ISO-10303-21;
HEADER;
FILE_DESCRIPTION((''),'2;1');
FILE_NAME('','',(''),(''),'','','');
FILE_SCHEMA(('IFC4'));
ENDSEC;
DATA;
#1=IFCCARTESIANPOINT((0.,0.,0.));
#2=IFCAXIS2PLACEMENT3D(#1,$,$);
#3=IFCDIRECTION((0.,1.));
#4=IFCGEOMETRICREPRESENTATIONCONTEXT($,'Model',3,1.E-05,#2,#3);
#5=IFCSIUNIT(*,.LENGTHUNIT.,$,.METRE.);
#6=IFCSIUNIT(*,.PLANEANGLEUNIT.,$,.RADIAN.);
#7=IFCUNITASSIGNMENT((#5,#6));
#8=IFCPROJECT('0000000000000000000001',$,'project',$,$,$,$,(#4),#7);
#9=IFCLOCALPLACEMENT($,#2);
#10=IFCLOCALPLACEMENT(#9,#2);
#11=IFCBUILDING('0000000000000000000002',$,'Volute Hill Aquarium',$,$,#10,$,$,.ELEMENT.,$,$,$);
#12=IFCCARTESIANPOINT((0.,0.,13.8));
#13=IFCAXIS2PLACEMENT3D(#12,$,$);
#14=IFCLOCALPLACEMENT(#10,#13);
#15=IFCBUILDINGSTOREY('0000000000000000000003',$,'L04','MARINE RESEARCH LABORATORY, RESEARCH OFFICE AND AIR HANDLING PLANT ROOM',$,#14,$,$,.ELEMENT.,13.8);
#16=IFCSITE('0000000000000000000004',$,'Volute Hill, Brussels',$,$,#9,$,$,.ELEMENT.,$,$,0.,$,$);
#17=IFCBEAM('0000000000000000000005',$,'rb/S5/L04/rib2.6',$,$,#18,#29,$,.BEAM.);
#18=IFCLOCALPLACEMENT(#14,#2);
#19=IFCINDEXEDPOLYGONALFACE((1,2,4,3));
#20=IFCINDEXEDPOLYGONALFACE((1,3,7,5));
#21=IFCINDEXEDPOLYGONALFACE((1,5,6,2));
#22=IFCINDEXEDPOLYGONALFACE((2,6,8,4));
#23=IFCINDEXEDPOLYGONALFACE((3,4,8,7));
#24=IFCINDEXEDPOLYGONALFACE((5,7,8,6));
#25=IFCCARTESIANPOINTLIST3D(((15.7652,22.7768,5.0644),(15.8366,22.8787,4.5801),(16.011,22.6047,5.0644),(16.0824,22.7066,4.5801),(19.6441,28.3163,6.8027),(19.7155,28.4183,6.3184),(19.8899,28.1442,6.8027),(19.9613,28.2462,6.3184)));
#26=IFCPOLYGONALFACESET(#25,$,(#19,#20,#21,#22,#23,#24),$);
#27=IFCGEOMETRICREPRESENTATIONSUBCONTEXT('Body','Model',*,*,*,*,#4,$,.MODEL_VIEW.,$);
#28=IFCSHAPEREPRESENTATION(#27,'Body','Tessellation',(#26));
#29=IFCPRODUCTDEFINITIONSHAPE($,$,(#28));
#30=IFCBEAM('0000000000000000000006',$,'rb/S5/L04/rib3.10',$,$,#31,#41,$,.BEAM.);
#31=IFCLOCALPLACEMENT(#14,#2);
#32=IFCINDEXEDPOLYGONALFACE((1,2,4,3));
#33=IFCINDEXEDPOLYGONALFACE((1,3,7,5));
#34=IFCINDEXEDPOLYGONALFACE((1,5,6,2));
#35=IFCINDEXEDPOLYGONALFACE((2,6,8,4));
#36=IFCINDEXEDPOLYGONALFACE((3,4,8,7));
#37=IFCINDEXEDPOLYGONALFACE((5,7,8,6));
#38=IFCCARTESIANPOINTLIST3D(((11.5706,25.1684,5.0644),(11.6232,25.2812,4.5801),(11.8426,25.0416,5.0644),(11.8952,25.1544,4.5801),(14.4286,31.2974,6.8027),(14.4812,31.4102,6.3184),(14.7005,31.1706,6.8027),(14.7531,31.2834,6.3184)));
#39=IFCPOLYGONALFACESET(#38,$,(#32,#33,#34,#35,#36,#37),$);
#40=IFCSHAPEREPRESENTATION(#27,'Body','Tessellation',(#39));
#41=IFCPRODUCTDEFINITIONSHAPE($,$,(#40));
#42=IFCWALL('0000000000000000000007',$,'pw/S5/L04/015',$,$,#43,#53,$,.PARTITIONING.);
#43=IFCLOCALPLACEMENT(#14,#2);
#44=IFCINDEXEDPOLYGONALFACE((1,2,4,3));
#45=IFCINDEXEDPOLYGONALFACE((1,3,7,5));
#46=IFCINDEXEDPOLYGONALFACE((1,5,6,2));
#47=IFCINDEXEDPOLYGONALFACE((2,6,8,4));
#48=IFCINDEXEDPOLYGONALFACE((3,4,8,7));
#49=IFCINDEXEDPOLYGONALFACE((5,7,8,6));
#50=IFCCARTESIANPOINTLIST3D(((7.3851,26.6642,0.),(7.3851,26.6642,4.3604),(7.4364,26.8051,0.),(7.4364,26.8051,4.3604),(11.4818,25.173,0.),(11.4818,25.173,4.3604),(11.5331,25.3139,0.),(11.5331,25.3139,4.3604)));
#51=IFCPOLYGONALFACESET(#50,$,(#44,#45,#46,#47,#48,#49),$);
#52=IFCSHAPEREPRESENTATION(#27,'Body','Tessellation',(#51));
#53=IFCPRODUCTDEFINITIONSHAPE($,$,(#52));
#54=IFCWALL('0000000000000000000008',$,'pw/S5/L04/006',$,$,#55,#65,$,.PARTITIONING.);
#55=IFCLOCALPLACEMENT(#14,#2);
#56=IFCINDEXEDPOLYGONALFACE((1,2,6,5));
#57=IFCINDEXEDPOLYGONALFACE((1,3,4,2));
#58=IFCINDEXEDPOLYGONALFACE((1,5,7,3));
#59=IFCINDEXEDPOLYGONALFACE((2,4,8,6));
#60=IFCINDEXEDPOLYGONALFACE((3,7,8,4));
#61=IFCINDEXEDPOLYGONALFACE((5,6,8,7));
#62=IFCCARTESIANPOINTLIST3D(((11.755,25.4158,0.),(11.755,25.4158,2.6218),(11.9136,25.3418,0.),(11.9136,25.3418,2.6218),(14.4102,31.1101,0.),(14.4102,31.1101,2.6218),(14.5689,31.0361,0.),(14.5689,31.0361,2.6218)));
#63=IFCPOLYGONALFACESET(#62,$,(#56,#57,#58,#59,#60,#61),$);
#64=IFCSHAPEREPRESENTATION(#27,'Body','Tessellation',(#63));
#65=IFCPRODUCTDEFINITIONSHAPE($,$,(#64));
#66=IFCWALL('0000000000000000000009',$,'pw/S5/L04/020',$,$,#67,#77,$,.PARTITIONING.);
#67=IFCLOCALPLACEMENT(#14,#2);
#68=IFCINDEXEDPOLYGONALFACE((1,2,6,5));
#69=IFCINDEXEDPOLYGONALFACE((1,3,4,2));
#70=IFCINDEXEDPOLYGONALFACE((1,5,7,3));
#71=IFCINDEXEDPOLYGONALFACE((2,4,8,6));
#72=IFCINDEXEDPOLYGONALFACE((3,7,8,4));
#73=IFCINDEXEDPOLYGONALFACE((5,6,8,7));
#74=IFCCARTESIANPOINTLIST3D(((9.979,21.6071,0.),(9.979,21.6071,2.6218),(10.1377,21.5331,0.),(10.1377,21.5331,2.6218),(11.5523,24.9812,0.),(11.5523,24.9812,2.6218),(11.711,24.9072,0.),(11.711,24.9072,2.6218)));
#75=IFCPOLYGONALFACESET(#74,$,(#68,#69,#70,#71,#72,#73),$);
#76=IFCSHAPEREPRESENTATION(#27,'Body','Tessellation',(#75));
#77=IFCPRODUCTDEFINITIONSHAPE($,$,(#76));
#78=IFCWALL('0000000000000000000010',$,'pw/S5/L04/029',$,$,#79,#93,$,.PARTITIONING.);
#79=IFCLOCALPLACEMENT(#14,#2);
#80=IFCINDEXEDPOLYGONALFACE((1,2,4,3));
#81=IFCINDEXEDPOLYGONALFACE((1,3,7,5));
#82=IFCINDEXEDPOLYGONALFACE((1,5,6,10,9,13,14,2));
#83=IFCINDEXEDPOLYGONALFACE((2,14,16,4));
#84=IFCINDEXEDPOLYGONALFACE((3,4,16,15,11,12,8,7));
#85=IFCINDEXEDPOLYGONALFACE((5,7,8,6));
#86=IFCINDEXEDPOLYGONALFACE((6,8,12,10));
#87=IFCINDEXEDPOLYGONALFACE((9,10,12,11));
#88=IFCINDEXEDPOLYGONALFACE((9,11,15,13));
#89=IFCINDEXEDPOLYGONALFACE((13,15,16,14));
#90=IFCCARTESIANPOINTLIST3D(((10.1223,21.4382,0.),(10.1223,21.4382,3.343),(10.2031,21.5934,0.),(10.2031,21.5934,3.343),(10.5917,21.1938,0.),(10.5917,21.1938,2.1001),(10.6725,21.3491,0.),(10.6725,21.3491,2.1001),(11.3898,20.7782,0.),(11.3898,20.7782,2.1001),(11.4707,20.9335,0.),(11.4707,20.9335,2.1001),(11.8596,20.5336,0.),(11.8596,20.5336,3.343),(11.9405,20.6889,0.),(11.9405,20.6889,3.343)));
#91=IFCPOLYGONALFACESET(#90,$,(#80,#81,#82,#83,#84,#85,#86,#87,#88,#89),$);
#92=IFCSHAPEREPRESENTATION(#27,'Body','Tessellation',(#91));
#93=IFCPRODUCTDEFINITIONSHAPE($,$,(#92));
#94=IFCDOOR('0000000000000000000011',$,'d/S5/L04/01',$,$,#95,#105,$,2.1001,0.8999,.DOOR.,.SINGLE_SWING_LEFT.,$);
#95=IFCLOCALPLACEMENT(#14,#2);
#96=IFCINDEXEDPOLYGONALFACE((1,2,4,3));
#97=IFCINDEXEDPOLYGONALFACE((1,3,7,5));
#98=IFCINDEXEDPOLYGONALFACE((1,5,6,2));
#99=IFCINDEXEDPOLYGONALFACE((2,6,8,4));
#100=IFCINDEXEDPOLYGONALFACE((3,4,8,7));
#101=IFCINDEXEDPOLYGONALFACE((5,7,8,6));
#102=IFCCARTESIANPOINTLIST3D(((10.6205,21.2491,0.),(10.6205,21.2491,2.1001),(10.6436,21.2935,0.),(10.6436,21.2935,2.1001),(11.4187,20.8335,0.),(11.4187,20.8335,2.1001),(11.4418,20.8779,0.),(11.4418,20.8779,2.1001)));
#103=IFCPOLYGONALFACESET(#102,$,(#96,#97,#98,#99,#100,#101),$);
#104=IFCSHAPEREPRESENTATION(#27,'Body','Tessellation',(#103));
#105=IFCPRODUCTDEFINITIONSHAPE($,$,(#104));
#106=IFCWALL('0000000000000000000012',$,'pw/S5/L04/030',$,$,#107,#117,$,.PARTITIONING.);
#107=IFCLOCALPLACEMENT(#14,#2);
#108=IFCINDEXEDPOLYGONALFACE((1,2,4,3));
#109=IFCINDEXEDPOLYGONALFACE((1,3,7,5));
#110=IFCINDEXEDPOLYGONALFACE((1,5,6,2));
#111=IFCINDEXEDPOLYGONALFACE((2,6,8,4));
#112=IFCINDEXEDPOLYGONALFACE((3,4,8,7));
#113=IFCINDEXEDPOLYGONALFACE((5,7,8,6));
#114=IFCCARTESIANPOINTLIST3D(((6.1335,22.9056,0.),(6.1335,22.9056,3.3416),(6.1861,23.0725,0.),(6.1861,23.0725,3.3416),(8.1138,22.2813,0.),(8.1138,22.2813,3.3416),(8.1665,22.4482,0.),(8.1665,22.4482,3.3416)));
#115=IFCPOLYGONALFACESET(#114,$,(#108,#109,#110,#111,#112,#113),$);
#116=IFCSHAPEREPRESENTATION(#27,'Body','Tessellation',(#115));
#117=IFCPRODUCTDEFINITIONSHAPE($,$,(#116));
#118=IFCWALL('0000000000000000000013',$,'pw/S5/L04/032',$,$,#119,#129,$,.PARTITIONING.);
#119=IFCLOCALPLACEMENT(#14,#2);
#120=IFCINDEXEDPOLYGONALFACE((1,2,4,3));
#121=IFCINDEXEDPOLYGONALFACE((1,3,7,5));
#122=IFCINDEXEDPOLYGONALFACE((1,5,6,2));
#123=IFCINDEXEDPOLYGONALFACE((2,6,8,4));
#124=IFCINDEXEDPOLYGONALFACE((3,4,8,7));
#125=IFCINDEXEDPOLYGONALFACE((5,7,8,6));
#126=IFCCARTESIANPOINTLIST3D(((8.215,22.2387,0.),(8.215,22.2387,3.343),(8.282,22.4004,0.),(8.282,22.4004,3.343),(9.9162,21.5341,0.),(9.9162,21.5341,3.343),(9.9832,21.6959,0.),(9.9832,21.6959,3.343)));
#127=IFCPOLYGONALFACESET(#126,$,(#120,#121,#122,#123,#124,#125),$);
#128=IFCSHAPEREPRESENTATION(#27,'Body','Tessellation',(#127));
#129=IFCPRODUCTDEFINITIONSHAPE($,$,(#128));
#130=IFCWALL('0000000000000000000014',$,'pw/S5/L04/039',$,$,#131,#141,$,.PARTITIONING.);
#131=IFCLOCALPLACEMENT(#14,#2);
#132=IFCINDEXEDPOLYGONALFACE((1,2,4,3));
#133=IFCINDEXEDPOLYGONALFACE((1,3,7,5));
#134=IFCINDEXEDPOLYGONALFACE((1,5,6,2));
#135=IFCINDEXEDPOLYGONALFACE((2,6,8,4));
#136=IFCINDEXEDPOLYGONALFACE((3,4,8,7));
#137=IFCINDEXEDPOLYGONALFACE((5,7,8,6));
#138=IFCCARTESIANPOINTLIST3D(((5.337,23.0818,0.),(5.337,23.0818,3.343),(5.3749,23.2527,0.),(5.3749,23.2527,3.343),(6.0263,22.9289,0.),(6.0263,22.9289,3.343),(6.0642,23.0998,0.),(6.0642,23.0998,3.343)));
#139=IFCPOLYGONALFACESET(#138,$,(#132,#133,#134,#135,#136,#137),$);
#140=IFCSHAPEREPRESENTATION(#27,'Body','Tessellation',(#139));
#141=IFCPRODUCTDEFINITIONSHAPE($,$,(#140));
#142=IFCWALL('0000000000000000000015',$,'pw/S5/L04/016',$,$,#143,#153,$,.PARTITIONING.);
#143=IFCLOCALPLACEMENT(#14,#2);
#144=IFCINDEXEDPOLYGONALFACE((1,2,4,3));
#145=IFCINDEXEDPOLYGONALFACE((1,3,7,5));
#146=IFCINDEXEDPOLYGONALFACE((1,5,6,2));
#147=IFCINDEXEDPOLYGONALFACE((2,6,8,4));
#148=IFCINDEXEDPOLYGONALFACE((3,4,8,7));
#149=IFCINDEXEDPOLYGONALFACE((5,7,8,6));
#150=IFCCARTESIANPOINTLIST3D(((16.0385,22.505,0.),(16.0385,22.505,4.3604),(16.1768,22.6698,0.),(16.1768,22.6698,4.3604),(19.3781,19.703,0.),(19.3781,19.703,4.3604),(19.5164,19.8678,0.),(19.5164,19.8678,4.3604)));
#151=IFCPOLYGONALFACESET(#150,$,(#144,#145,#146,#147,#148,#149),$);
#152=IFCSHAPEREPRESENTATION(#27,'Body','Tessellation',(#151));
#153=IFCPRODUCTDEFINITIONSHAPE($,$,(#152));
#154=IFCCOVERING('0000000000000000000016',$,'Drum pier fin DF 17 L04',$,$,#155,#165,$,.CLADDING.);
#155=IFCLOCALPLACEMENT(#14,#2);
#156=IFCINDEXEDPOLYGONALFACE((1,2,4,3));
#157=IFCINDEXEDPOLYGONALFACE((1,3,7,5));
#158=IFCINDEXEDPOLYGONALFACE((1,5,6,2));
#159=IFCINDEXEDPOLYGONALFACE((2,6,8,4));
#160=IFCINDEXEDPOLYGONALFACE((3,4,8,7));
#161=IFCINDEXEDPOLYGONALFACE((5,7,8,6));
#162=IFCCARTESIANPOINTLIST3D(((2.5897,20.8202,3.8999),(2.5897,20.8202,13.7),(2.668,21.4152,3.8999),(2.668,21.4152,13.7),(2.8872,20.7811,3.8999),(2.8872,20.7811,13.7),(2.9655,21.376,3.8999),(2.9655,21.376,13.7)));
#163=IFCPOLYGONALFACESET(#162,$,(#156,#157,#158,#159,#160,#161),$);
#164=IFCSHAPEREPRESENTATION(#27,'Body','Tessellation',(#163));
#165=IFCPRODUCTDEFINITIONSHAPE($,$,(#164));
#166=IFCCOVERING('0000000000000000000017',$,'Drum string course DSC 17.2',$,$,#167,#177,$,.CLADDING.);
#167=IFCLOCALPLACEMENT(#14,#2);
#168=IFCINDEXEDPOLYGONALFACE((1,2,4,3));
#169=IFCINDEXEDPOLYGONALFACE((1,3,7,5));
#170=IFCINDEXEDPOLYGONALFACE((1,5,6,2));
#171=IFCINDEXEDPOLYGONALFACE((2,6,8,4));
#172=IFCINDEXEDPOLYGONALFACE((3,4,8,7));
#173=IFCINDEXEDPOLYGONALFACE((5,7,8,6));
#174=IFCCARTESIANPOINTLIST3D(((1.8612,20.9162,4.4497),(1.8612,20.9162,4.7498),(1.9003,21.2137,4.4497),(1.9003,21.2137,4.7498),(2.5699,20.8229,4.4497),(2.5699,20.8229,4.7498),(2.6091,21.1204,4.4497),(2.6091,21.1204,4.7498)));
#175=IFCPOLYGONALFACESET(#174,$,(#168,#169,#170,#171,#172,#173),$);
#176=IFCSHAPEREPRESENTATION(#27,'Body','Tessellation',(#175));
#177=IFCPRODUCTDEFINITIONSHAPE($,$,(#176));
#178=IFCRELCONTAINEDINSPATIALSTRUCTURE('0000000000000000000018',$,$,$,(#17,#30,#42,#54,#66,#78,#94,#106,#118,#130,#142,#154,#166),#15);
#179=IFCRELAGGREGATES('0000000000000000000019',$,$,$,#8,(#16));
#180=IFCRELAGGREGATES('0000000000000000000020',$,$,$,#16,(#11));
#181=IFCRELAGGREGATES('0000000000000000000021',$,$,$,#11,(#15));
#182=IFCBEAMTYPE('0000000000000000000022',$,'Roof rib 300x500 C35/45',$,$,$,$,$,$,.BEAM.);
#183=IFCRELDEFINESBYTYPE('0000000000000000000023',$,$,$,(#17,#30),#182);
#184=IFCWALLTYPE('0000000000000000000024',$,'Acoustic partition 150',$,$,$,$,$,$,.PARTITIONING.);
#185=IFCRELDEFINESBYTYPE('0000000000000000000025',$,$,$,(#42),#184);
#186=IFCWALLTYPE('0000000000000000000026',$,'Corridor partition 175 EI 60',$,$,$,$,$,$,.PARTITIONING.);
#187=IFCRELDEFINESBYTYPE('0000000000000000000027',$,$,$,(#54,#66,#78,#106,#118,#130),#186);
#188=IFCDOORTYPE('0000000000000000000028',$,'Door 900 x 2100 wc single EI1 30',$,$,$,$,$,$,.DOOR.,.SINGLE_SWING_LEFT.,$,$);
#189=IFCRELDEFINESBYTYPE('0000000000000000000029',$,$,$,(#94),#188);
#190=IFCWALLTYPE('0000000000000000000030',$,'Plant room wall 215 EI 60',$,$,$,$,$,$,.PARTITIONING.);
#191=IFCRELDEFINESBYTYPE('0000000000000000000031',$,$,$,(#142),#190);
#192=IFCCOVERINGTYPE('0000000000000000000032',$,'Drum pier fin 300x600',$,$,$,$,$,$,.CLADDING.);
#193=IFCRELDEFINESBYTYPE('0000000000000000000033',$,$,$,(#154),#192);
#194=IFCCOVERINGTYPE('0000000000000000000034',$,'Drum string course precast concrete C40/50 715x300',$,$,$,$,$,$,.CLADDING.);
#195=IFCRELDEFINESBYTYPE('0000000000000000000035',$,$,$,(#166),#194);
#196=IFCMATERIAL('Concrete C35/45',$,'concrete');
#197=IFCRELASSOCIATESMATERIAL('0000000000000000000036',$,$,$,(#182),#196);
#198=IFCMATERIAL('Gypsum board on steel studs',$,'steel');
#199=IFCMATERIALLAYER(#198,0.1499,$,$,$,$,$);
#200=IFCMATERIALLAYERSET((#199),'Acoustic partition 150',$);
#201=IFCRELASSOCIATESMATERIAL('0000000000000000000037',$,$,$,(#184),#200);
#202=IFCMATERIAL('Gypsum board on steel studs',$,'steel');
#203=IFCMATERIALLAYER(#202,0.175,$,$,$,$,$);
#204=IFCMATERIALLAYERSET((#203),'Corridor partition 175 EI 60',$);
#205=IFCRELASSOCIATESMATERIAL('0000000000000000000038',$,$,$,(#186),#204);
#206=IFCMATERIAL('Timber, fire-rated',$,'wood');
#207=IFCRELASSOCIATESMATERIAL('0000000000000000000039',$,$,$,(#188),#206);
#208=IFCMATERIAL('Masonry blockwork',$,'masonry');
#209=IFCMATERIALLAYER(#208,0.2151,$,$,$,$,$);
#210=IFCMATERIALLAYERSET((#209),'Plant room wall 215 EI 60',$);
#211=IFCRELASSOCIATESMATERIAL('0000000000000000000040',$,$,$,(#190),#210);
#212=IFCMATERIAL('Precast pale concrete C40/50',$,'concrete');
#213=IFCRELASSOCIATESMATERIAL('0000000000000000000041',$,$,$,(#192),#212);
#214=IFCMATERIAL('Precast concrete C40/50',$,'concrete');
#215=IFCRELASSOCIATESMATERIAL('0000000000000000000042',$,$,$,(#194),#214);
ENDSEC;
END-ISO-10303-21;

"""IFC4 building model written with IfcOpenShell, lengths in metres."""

from ifc_helpers import new_model, si_unit, direction, frame, frame_2d, origin, origin_2d, place, context, subcontext, project, spatial, rectangle, extrude, material, layer, layer_set, material_profile, profile_set, type_object, element, fill, save


model = new_model("IFC4")

# Units and contexts
model_context = context("Model", 3, precision=1e-05, world=origin(), true_north=direction((0.0, 1.0)))
body_context = subcontext(model_context, "Body", "Model", "MODEL_VIEW")
ifc_project = project(units=[si_unit("LENGTHUNIT", "METRE"), si_unit("PLANEANGLEUNIT", "RADIAN")], contexts=[model_context])

# Site, building, storey
site_placement = place(None, origin())
site = spatial("IfcSite", under=ifc_project, at=site_placement, Name="Volute Hill, Brussels", CompositionType="ELEMENT", RefElevation=0.0)
building_placement = place(site_placement, origin())
building = spatial("IfcBuilding", under=site, at=building_placement, Name="Volute Hill Aquarium", CompositionType="ELEMENT")
storey_placement = place(building_placement, frame((0.0, 0.0, 13.8)))
storey = spatial("IfcBuildingStorey", under=building, at=storey_placement, Name="L04", Description="MARINE RESEARCH LABORATORY, RESEARCH OFFICE AND AIR HANDLING PLANT ROOM", CompositionType="ELEMENT", Elevation=13.8)

# Beams
ifc_material_1 = material(Name="Concrete C35/45", Category="concrete")
ifc_material_profile_1 = material_profile(ifc_material_1, rectangle(XDim=0.3, YDim=0.5, at=origin_2d()), Name="RC rib 300x500")
ifc_profile_set_1 = profile_set([ifc_material_profile_1], Name="Concrete C35/45")
beam_type_1 = type_object("IfcBeamType", Name="Roof rib 300x500 C35/45", PredefinedType="BEAM", material=ifc_profile_set_1)
for number, where, z_axis, x_axis, name in (
    (1, (15.9238, 22.7417, 4.8223), (0.555525, 0.793357, 0.248951), (-0.819147, 0.573583, 0.0), "rb/S5/L04/rib2.6"),
    (2, (11.7329, 25.1614, 4.8223), (0.409307, 0.877775, 0.248955), (-0.90631, 0.422613, 0.0), "rb/S5/L04/rib3.10"),
):
    element("IfcBeam", number, at=place(storey_placement, frame(where, z_axis=z_axis, x_axis=x_axis)), inside=storey, type_object=beam_type_1, Name=name, PredefinedType="BEAM", context=body_context, shape_type="SweptSolid", body=[
        extrude(rectangle(XDim=0.3, YDim=0.5, at=origin_2d()), origin(), (0.0, 0.0, 1.0), 6.9824),
    ])

# Walls
ifc_material_2 = material(Name="Gypsum board on steel studs", Category="steel")
ifc_layer_1 = layer(ifc_material_2, 0.1499)
ifc_layer_set_1 = layer_set([ifc_layer_1], Name="Acoustic partition 150")
wall_type_1 = type_object("IfcWallType", Name="Acoustic partition 150", PredefinedType="PARTITIONING", material=ifc_layer_set_1)
wall_1_placement = place(storey_placement, frame((7.4109, 26.7346, 0.0), z_axis=(0.0, 0.0, 1.0), x_axis=(0.939682, -0.342049, 0.0)))
element("IfcWall", 3, at=wall_1_placement, inside=storey, type_object=wall_type_1, Name="pw/S5/L04/015", PredefinedType="PARTITIONING", context=body_context, shape_type="SweptSolid", body=[
    extrude(rectangle(XDim=4.3596, YDim=0.1499, at=frame_2d((2.1797, 0.0))), origin(), (0.0, 0.0, 1.0), 4.3604),
])
ifc_material_3 = material(Name="Gypsum board on steel studs", Category="steel")
ifc_layer_2 = layer(ifc_material_3, 0.175)
ifc_layer_set_2 = layer_set([ifc_layer_2], Name="Corridor partition 175 EI 60")
wall_type_2 = type_object("IfcWallType", Name="Corridor partition 175 EI 60", PredefinedType="PARTITIONING", material=ifc_layer_set_2)
wall_2_placement = place(storey_placement, frame((11.8342, 25.3787, 0.0), z_axis=(0.0, 0.0, 1.0), x_axis=(0.422613, 0.90631, 0.0)))
element("IfcWall", 4, at=wall_2_placement, inside=storey, type_object=wall_type_2, Name="pw/S5/L04/006", PredefinedType="PARTITIONING", context=body_context, shape_type="SweptSolid", body=[
    extrude(rectangle(XDim=6.283, YDim=0.175, at=frame_2d((3.1416, 0.0))), origin(), (0.0, 0.0, 1.0), 2.6218),
])
wall_3_placement = place(storey_placement, frame((11.6316, 24.9441, 0.0), z_axis=(0.0, 0.0, 1.0), x_axis=(-0.422598, -0.906317, 0.0)))
element("IfcWall", 5, at=wall_3_placement, inside=storey, type_object=wall_type_2, Name="pw/S5/L04/020", PredefinedType="PARTITIONING", context=body_context, shape_type="SweptSolid", body=[
    extrude(rectangle(XDim=3.7229, YDim=0.175, at=frame_2d((1.8613, 0.0))), origin(), (0.0, 0.0, 1.0), 2.6218),
])

# Wall, opening, door
wall_4_placement = place(storey_placement, frame((10.1626, 21.5159, 0.0), z_axis=(0.0, 0.0, 1.0), x_axis=(0.886978, -0.461812, 0.0)))
wall_4 = element("IfcWall", 6, at=wall_4_placement, inside=storey, type_object=wall_type_2, Name="pw/S5/L04/029", PredefinedType="PARTITIONING", context=body_context, shape_type="SweptSolid", body=[
    extrude(rectangle(XDim=1.9587, YDim=0.175, at=frame_2d((0.9795, 0.0))), origin(), (0.0, 0.0, 1.0), 3.343),
])
opening_placement = place(wall_4_placement, frame((0.5293, 0.0, 0.0)))
opening = element("IfcOpeningElement", 7, at=opening_placement, cuts=wall_4, PredefinedType="OPENING", context=body_context, shape_type="SweptSolid", body=[
    extrude(rectangle(XDim=0.8999, YDim=2.1001, at=frame_2d((0.45, 1.05))), frame((0.0, 0.0974, 0.0), z_axis=(0.0, -1.0, 0.0), x_axis=(1.0, 0.0, 0.0)), (0.0, 0.0, 1.0), 0.1951),
])
ifc_material_4 = material(Name="Timber, fire-rated", Category="wood")
door_type = type_object("IfcDoorType", Name="Door 900 x 2100 wc single EI1 30", OperationType="SINGLE_SWING_LEFT", PredefinedType="DOOR", material=ifc_material_4)
door_placement = place(opening_placement, origin())
door = element("IfcDoor", 8, at=door_placement, inside=storey, type_object=door_type, Name="d/S5/L04/01", OperationType="SINGLE_SWING_LEFT", OverallHeight=2.1001, OverallWidth=0.8999, PredefinedType="DOOR", context=body_context, shape_type="SweptSolid", body=[
    extrude(rectangle(XDim=0.8999, YDim=2.1001, at=frame_2d((0.45, 1.05))), frame((0.0, 0.0249, 0.0), z_axis=(0.0, -1.0, 0.0), x_axis=(1.0, 0.0, 0.0)), (0.0, 0.0, 1.0), 0.05),
])
fill(opening, door)

# Walls
wall_5_placement = place(storey_placement, frame((6.1599, 22.989, 0.0), z_axis=(0.0, 0.0, 1.0), x_axis=(0.95373, -0.300664, 0.0)))
element("IfcWall", 9, at=wall_5_placement, inside=storey, type_object=wall_type_2, Name="pw/S5/L04/030", PredefinedType="PARTITIONING", context=body_context, shape_type="SweptSolid", body=[
    extrude(rectangle(XDim=2.0764, YDim=0.175, at=frame_2d((1.0381, 0.0))), origin(), (0.0, 0.0, 1.0), 3.3416),
])
wall_6_placement = place(storey_placement, frame((8.2485, 22.3196, 0.0), z_axis=(0.0, 0.0, 1.0), x_axis=(0.923891, -0.382656, 0.0)))
element("IfcWall", 10, at=wall_6_placement, inside=storey, type_object=wall_type_2, Name="pw/S5/L04/032", PredefinedType="PARTITIONING", context=body_context, shape_type="SweptSolid", body=[
    extrude(rectangle(XDim=1.8413, YDim=0.175, at=frame_2d((0.9207, 0.0))), origin(), (0.0, 0.0, 1.0), 3.343),
])
wall_7_placement = place(storey_placement, frame((5.356, 23.1672, 0.0), z_axis=(0.0, 0.0, 1.0), x_axis=(0.976285, -0.216491, 0.0)))
element("IfcWall", 11, at=wall_7_placement, inside=storey, type_object=wall_type_2, Name="pw/S5/L04/039", PredefinedType="PARTITIONING", context=body_context, shape_type="SweptSolid", body=[
    extrude(rectangle(XDim=0.7061, YDim=0.175, at=frame_2d((0.353, 0.0))), origin(), (0.0, 0.0, 1.0), 3.343),
])
ifc_material_5 = material(Name="Masonry blockwork", Category="masonry")
ifc_layer_3 = layer(ifc_material_5, 0.2151)
ifc_layer_set_3 = layer_set([ifc_layer_3], Name="Plant room wall 215 EI 60")
wall_type_3 = type_object("IfcWallType", Name="Plant room wall 215 EI 60", PredefinedType="PARTITIONING", material=ifc_layer_set_3)
wall_8_placement = place(storey_placement, frame((16.1077, 22.5874, 0.0), z_axis=(0.0, 0.0, 1.0), x_axis=(0.766073, -0.642753, 0.0)))
element("IfcWall", 12, at=wall_8_placement, inside=storey, type_object=wall_type_3, Name="pw/S5/L04/016", PredefinedType="PARTITIONING", context=body_context, shape_type="SweptSolid", body=[
    extrude(rectangle(XDim=4.3594, YDim=0.2151, at=frame_2d((2.1797, 0.0))), origin(), (0.0, 0.0, 1.0), 4.3604),
])

# Coverings
ifc_material_6 = material(Name="Precast pale concrete C40/50", Category="concrete")
covering_type_1 = type_object("IfcCoveringType", Name="Drum pier fin 300x600", PredefinedType="CLADDING", material=ifc_material_6)
covering_1_placement = place(storey_placement, frame((2.7776, 21.0981, 3.8999), z_axis=(0.0, 0.0, 1.0), x_axis=(-0.991445, 0.130526, 0.0)))
element("IfcCovering", 13, at=covering_1_placement, inside=storey, type_object=covering_type_1, Name="Drum pier fin DF 17 L04", PredefinedType="CLADDING", context=body_context, shape_type="SweptSolid", body=[
    extrude(rectangle(XDim=0.3, YDim=0.6001, at=origin_2d()), origin(), (0.0, 0.0, 1.0), 9.8),
])
ifc_material_7 = material(Name="Precast concrete C40/50", Category="concrete")
covering_type_2 = type_object("IfcCoveringType", Name="Drum string course precast concrete C40/50 715x300", PredefinedType="CLADDING", material=ifc_material_7)
for number, where, z_axis, x_axis, name in (
    (14, (2.2351, 21.0183, 4.4497), (0.0, 0.0, 1.0), (-0.991445, 0.130526, 0.0), "Drum string course DSC 17.2"),
):
    element("IfcCovering", number, at=place(storey_placement, frame(where, z_axis=z_axis, x_axis=x_axis)), inside=storey, type_object=covering_type_2, Name=name, PredefinedType="CLADDING", context=body_context, shape_type="SweptSolid", body=[
        extrude(rectangle(XDim=0.7148, YDim=0.3, at=origin_2d()), origin(), (0.0, 0.0, 1.0), 0.3),
    ])

save(model, "model.ifc")
